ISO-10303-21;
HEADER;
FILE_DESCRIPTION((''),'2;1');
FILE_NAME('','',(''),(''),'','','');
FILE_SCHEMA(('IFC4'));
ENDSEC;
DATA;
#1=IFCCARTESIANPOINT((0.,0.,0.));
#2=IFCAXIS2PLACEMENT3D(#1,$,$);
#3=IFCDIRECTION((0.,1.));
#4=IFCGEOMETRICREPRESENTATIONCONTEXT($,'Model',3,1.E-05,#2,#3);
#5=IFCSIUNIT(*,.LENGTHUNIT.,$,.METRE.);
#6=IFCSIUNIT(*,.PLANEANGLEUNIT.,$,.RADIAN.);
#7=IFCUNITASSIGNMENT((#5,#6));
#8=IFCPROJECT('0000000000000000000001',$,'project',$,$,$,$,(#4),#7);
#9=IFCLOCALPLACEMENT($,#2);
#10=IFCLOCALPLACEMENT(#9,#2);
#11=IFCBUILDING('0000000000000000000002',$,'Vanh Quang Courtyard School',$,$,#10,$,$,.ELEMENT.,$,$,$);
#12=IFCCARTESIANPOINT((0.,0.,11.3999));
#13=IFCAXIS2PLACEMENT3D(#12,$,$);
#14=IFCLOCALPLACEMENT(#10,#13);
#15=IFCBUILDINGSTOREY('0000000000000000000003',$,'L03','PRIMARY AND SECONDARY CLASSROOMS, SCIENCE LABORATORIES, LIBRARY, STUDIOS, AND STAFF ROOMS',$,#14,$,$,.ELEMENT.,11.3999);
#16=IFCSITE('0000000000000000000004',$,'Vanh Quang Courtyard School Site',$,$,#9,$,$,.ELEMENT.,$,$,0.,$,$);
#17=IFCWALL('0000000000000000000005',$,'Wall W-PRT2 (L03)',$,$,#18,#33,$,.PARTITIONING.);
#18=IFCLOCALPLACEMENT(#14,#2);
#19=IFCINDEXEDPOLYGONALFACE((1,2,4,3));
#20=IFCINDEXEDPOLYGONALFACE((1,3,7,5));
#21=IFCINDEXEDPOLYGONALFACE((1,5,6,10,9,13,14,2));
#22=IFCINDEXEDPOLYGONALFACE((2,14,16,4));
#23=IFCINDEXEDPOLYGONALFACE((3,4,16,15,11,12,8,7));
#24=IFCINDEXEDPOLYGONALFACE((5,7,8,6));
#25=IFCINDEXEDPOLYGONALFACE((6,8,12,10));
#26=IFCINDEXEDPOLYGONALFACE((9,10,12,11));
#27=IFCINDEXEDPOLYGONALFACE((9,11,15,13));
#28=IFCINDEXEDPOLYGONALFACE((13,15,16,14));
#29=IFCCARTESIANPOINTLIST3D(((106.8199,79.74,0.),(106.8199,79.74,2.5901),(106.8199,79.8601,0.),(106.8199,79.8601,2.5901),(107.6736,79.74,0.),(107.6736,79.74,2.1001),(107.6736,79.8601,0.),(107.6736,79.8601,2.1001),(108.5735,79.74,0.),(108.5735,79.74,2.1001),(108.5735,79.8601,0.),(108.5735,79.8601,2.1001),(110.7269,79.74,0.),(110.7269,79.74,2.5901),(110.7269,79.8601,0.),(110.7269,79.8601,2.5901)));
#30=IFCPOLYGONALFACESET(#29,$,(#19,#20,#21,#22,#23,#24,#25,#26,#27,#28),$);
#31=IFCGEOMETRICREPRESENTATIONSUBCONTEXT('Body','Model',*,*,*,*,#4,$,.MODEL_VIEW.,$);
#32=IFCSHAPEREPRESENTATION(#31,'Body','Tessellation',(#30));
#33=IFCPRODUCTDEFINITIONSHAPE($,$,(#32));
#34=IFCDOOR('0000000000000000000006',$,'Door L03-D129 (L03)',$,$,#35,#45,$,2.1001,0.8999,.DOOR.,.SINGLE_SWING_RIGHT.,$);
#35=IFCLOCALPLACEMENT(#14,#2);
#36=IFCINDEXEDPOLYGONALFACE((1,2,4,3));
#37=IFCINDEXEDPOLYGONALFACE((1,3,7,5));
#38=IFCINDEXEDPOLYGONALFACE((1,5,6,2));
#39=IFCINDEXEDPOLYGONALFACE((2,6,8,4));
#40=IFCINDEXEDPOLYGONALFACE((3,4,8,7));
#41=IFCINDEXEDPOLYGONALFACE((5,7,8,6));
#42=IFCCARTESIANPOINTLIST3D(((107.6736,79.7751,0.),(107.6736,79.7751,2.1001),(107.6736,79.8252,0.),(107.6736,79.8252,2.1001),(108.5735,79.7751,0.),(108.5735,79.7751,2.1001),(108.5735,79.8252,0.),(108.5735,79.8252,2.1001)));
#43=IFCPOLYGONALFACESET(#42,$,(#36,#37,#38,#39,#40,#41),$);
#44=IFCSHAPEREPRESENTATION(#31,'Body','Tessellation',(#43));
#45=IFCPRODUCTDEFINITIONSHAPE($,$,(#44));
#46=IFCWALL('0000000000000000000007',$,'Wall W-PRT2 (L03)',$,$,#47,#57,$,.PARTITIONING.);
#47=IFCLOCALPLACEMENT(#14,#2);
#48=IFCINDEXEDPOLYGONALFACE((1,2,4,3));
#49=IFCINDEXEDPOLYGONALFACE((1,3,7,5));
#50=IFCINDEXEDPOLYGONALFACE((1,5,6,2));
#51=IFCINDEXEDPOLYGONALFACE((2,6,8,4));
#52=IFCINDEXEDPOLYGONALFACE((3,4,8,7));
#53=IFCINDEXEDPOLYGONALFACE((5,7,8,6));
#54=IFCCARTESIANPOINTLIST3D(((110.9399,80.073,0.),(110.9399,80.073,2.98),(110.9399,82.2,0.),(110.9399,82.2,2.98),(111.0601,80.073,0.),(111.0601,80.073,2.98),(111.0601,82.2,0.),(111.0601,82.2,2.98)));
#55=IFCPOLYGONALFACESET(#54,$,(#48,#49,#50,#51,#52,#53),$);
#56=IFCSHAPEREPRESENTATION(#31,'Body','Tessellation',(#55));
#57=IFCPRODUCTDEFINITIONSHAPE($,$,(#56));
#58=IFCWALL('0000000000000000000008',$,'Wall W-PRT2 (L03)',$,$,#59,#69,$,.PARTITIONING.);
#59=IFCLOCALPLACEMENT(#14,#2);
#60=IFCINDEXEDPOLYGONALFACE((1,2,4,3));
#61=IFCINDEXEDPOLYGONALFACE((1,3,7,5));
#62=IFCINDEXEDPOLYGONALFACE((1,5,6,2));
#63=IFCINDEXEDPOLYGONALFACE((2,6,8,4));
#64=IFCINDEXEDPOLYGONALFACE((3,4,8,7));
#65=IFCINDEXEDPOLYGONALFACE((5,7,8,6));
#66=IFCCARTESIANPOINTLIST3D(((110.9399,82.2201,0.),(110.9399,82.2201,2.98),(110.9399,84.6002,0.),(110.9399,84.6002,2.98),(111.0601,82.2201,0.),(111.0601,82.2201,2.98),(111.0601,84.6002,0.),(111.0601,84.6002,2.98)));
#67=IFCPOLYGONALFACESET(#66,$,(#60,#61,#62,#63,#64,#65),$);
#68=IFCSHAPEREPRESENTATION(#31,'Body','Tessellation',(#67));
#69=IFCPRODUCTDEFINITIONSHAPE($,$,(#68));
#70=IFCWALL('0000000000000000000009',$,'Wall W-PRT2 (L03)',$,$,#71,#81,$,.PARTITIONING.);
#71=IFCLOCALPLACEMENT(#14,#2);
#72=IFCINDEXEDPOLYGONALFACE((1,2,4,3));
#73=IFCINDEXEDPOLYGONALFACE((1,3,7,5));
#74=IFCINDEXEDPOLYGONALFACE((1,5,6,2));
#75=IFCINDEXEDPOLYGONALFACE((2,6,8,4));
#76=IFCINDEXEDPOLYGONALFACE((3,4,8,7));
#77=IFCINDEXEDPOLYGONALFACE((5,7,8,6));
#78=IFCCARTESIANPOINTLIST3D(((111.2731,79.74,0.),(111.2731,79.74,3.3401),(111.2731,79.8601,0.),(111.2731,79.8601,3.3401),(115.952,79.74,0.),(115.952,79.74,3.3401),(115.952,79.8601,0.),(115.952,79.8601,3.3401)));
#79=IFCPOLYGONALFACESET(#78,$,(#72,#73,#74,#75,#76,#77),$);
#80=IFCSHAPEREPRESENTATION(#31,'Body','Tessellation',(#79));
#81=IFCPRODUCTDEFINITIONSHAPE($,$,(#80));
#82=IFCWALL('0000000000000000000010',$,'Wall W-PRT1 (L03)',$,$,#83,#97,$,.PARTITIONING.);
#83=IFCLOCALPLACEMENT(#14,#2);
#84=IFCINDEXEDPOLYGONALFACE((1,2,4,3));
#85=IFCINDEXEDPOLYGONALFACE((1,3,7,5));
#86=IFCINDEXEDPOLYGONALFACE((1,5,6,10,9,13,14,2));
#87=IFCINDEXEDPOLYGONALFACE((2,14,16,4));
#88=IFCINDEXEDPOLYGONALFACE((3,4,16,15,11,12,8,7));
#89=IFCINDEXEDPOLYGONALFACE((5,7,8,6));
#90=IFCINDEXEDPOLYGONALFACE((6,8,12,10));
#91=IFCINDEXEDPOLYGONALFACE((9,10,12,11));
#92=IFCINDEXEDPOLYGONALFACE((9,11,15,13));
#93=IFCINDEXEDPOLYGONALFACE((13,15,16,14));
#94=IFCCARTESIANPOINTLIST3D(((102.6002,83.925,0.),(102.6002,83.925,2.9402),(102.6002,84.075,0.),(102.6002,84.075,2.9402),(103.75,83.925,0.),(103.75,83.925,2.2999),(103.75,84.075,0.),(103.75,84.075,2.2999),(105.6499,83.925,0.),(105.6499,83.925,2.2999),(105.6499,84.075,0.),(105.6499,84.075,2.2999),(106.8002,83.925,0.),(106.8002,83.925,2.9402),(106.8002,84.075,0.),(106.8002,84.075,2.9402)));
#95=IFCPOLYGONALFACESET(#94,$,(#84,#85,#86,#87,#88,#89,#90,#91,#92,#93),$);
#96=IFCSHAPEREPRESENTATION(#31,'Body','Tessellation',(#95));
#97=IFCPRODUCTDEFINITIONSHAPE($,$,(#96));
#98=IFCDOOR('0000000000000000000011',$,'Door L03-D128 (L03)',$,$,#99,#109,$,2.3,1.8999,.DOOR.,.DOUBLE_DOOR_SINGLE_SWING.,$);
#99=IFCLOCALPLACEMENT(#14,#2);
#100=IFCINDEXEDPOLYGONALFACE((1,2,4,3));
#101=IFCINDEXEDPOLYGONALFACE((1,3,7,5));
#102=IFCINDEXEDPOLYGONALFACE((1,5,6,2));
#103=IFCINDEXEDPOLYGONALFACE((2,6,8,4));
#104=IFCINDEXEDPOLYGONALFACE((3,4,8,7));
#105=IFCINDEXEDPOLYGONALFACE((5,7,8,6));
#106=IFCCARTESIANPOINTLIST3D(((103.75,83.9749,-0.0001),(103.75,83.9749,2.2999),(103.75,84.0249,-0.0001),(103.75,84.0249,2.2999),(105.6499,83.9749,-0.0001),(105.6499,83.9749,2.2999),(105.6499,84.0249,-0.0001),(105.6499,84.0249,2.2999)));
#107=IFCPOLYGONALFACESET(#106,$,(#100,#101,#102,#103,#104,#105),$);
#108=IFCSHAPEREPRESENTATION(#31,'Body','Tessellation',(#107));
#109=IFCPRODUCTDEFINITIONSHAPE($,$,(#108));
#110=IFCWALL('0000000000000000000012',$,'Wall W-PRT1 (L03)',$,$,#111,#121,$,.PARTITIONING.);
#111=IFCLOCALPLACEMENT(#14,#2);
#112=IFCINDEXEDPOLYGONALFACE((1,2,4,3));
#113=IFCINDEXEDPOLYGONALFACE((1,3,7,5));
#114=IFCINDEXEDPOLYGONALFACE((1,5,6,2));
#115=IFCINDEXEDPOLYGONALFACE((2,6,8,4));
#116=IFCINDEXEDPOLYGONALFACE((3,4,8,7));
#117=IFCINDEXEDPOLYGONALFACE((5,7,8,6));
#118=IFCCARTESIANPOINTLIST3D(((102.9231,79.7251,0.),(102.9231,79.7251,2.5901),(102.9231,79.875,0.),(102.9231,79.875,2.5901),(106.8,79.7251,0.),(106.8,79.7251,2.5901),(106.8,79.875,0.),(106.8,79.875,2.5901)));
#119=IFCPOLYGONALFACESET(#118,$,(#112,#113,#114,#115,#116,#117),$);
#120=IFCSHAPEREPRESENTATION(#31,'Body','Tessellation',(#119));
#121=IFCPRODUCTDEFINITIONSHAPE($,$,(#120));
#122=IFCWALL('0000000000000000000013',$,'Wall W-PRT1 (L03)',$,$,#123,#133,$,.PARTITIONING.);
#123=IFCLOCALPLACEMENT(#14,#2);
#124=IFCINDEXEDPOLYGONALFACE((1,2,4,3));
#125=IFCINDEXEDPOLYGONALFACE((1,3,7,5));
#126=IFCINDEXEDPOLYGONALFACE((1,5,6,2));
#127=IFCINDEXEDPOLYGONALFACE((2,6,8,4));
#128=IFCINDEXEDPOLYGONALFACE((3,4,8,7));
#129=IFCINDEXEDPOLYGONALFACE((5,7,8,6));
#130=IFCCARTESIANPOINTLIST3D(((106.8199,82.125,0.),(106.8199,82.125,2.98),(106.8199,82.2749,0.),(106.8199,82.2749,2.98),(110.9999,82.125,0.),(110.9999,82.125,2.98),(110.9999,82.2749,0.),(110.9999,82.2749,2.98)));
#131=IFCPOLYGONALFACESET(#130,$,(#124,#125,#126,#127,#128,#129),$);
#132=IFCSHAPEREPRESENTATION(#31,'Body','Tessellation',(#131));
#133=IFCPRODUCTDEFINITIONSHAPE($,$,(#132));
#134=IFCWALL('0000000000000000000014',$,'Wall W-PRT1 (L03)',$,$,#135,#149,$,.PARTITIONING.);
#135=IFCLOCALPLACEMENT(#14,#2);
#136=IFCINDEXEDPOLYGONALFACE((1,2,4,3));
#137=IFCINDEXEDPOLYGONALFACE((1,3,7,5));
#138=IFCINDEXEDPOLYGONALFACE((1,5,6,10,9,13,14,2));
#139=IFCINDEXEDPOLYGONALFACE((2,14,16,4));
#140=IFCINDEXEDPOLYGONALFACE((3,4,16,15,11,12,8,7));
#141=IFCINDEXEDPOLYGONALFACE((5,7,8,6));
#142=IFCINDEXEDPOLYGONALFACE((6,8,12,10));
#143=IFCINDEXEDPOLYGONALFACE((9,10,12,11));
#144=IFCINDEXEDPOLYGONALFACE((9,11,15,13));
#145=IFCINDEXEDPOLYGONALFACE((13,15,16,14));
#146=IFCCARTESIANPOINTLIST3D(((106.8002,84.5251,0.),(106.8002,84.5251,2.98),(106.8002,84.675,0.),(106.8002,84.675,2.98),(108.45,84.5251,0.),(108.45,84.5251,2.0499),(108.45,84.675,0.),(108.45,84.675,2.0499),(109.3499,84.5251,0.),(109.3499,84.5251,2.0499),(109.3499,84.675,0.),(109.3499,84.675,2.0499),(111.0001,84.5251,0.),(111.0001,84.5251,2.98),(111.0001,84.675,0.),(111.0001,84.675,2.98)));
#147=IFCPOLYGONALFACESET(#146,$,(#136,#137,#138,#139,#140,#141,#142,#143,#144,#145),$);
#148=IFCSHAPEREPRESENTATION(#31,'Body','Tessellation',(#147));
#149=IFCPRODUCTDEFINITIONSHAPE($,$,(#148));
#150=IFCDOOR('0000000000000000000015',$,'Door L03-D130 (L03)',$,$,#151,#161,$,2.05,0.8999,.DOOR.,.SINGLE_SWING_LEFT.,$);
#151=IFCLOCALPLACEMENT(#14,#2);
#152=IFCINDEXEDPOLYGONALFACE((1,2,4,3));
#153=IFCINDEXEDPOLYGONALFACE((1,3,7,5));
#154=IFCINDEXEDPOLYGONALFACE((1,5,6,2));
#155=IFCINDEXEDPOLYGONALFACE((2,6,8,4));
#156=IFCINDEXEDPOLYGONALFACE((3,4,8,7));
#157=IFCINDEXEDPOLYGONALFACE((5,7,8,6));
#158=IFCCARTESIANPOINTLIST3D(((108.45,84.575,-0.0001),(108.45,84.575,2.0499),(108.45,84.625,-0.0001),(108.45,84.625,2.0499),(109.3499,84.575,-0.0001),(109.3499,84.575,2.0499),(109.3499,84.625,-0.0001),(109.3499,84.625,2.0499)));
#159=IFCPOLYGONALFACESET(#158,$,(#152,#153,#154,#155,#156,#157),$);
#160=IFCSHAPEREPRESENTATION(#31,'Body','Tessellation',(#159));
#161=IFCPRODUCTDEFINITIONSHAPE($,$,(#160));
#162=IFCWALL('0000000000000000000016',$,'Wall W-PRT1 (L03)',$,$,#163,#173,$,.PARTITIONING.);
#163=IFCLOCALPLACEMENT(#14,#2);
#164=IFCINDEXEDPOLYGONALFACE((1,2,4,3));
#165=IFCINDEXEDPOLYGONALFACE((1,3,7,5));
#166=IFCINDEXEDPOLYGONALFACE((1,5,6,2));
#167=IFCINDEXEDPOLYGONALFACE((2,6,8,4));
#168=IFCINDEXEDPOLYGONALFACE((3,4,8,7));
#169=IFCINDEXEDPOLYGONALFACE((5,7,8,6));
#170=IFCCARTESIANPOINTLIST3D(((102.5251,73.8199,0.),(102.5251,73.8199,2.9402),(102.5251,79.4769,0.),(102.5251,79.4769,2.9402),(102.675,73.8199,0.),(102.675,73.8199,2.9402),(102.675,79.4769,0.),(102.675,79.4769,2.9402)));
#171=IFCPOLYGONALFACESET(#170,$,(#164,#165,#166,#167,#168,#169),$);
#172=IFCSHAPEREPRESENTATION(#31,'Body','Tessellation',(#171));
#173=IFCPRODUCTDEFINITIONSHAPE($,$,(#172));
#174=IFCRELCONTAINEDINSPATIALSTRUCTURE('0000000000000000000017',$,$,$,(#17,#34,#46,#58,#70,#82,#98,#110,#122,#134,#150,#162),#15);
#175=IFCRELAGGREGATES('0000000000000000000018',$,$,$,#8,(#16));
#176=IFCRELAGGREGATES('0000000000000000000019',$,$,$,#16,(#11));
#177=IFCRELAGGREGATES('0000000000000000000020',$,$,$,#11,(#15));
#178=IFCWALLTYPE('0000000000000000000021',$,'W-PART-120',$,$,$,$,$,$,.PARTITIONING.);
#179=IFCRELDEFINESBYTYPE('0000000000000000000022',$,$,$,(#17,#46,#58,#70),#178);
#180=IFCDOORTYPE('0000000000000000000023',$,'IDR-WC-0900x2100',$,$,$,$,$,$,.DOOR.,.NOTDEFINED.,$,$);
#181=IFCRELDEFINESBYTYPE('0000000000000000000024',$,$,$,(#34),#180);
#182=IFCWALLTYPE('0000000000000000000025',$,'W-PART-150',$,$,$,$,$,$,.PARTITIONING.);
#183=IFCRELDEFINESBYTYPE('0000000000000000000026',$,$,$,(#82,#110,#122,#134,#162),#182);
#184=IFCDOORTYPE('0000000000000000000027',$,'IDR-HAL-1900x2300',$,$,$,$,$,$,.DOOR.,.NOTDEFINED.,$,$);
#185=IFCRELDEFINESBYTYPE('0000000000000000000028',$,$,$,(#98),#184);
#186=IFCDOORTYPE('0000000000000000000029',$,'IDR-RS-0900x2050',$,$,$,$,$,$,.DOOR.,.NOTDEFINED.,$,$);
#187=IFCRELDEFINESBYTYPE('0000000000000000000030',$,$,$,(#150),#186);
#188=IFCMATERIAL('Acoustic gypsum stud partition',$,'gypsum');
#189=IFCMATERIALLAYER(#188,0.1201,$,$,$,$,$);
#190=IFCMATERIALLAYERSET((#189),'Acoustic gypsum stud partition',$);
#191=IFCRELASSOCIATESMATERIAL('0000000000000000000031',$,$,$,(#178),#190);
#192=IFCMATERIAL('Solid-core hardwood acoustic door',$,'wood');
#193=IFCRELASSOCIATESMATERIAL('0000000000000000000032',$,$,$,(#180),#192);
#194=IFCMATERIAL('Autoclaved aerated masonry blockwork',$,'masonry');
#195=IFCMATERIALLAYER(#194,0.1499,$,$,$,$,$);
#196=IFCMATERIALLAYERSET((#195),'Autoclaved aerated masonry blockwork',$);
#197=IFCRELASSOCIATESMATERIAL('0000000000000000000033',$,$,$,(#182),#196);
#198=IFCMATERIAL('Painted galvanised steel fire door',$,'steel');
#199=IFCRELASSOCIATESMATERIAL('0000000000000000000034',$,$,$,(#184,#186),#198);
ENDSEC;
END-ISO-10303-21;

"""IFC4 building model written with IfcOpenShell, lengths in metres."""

from ifc_helpers import new_model, si_unit, direction, frame, frame_2d, origin, place, context, subcontext, project, spatial, rectangle, extrude, material, layer, layer_set, type_object, element, fill, save


model = new_model("IFC4")

# Units and contexts
model_context = context("Model", 3, precision=1e-05, world=origin(), true_north=direction((0.0, 1.0)))
body_context = subcontext(model_context, "Body", "Model", "MODEL_VIEW")
ifc_project = project(units=[si_unit("LENGTHUNIT", "METRE"), si_unit("PLANEANGLEUNIT", "RADIAN")], contexts=[model_context])

# Site, building, storey
site_placement = place(None, origin())
site = spatial("IfcSite", under=ifc_project, at=site_placement, Name="Vanh Quang Courtyard School Site", CompositionType="ELEMENT", RefElevation=0.0)
building_placement = place(site_placement, origin())
building = spatial("IfcBuilding", under=site, at=building_placement, Name="Vanh Quang Courtyard School", CompositionType="ELEMENT")
storey_placement = place(building_placement, frame((0.0, 0.0, 11.3999)))
storey = spatial("IfcBuildingStorey", under=building, at=storey_placement, Name="L03", Description="PRIMARY AND SECONDARY CLASSROOMS, SCIENCE LABORATORIES, LIBRARY, STUDIOS, AND STAFF ROOMS", CompositionType="ELEMENT", Elevation=11.3999)

# Shared definitions
ifc_material_1 = material(Name="Acoustic gypsum stud partition", Category="gypsum")
ifc_layer_1 = layer(ifc_material_1, 0.1201)
ifc_layer_set_1 = layer_set([ifc_layer_1], Name="Acoustic gypsum stud partition")
wall_type_1 = type_object("IfcWallType", Name="W-PART-120", PredefinedType="PARTITIONING", material=ifc_layer_set_1)

# Wall, opening, door
wall_1_placement = place(storey_placement, frame((110.7271, 79.8, 0.0), z_axis=(0.0, 0.0, 1.0), x_axis=(-1.0, 0.0, 0.0)))
wall_1 = element("IfcWall", 1, at=wall_1_placement, inside=storey, type_object=wall_type_1, Name="Wall W-PRT2 (L03)", PredefinedType="PARTITIONING", context=body_context, shape_type="SweptSolid", body=[
    extrude(rectangle(XDim=3.907, YDim=0.1201, at=frame_2d((1.9536, 0.0))), origin(), (0.0, 0.0, 1.0), 2.5901),
])
opening_1_placement = place(wall_1_placement, frame((2.1536, 0.0, 0.0)))
opening_1 = element("IfcOpeningElement", 2, at=opening_1_placement, cuts=wall_1, PredefinedType="OPENING", context=body_context, shape_type="SweptSolid", body=[
    extrude(rectangle(XDim=0.8999, YDim=2.1001, at=frame_2d((0.45, 1.05))), frame((0.0, 0.0701, 0.0), z_axis=(0.0, -1.0, 0.0), x_axis=(1.0, 0.0, 0.0)), (0.0, 0.0, 1.0), 0.1401),
])
ifc_material_2 = material(Name="Solid-core hardwood acoustic door", Category="wood")
door_type_1 = type_object("IfcDoorType", Name="IDR-WC-0900x2100", OperationType="NOTDEFINED", PredefinedType="DOOR", material=ifc_material_2)
door_1_placement = place(opening_1_placement, origin())
door_1 = element("IfcDoor", 3, at=door_1_placement, inside=storey, type_object=door_type_1, Name="Door L03-D129 (L03)", OperationType="SINGLE_SWING_RIGHT", OverallHeight=2.1001, OverallWidth=0.8999, PredefinedType="DOOR", context=body_context, shape_type="SweptSolid", body=[
    extrude(rectangle(XDim=0.8999, YDim=2.1001, at=frame_2d((0.45, 1.05))), frame((0.0, 0.0249, 0.0), z_axis=(0.0, -1.0, 0.0), x_axis=(1.0, 0.0, 0.0)), (0.0, 0.0, 1.0), 0.05),
])
fill(opening_1, door_1)

# Walls
wall_2_placement = place(storey_placement, frame((111.0, 82.2, 0.0), z_axis=(0.0, 0.0, 1.0), x_axis=(0.0, -1.0, 0.0)))
element("IfcWall", 4, at=wall_2_placement, inside=storey, type_object=wall_type_1, Name="Wall W-PRT2 (L03)", PredefinedType="PARTITIONING", context=body_context, shape_type="SweptSolid", body=[
    extrude(rectangle(XDim=2.127, YDim=0.1201, at=frame_2d((1.0635, 0.0))), origin(), (0.0, 0.0, 1.0), 2.98),
])
wall_3_placement = place(storey_placement, frame((111.0, 84.6001, 0.0), z_axis=(0.0, 0.0, 1.0), x_axis=(0.0, -1.0, 0.0)))
element("IfcWall", 5, at=wall_3_placement, inside=storey, type_object=wall_type_1, Name="Wall W-PRT2 (L03)", PredefinedType="PARTITIONING", context=body_context, shape_type="SweptSolid", body=[
    extrude(rectangle(XDim=2.3801, YDim=0.1201, at=frame_2d((1.1899, 0.0))), origin(), (0.0, 0.0, 1.0), 2.98),
])

# Wall
wall_4_placement = place(storey_placement, frame((115.9519, 79.8, 0.0), z_axis=(0.0, 0.0, 1.0), x_axis=(-1.0, 0.0, 0.0)))
element("IfcWall", 6, at=wall_4_placement, inside=storey, type_object=wall_type_1, Name="Wall W-PRT2 (L03)", PredefinedType="PARTITIONING", context=body_context, shape_type="SweptSolid", body=[
    extrude(rectangle(XDim=4.679, YDim=0.1201, at=frame_2d((2.3394, 0.0))), origin(), (0.0, 0.0, 1.0), 3.3401),
])

# Wall, opening, door
ifc_material_3 = material(Name="Autoclaved aerated masonry blockwork", Category="masonry")
ifc_layer_2 = layer(ifc_material_3, 0.1499)
ifc_layer_set_2 = layer_set([ifc_layer_2], Name="Autoclaved aerated masonry blockwork")
wall_type_2 = type_object("IfcWallType", Name="W-PART-150", PredefinedType="PARTITIONING", material=ifc_layer_set_2)
wall_5_placement = place(storey_placement, frame((102.6001, 84.0, 0.0), z_axis=(0.0, 0.0, 1.0), x_axis=(1.0, 0.0, 0.0)))
wall_5 = element("IfcWall", 7, at=wall_5_placement, inside=storey, type_object=wall_type_2, Name="Wall W-PRT1 (L03)", PredefinedType="PARTITIONING", context=body_context, shape_type="SweptSolid", body=[
    extrude(rectangle(XDim=4.2, YDim=0.1499, at=frame_2d((2.1001, 0.0))), origin(), (0.0, 0.0, 1.0), 2.9402),
])
opening_2_placement = place(wall_5_placement, frame((1.1499, 0.0, 0.0)))
opening_2 = element("IfcOpeningElement", 8, at=opening_2_placement, cuts=wall_5, PredefinedType="OPENING", context=body_context, shape_type="SweptSolid", body=[
    extrude(rectangle(XDim=1.8999, YDim=2.3, at=frame_2d((0.95, 1.1499))), frame((0.0, 0.085, 0.0), z_axis=(0.0, -1.0, 0.0), x_axis=(1.0, 0.0, 0.0)), (0.0, 0.0, 1.0), 0.1699),
])
ifc_material_4 = material(Name="Painted galvanised steel fire door", Category="steel")
door_type_2 = type_object("IfcDoorType", Name="IDR-HAL-1900x2300", OperationType="NOTDEFINED", PredefinedType="DOOR", material=ifc_material_4)
door_2_placement = place(opening_2_placement, origin())
door_2 = element("IfcDoor", 9, at=door_2_placement, inside=storey, type_object=door_type_2, Name="Door L03-D128 (L03)", OperationType="DOUBLE_DOOR_SINGLE_SWING", OverallHeight=2.3, OverallWidth=1.8999, PredefinedType="DOOR", context=body_context, shape_type="SweptSolid", body=[
    extrude(rectangle(XDim=1.8999, YDim=2.3, at=frame_2d((0.95, 1.1499))), frame((0.0, 0.0249, 0.0), z_axis=(0.0, -1.0, 0.0), x_axis=(1.0, 0.0, 0.0)), (0.0, 0.0, 1.0), 0.05),
])
fill(opening_2, door_2)

# Walls
wall_6_placement = place(storey_placement, frame((106.8, 79.8, 0.0), z_axis=(0.0, 0.0, 1.0), x_axis=(-1.0, 0.0, 0.0)))
element("IfcWall", 10, at=wall_6_placement, inside=storey, type_object=wall_type_2, Name="Wall W-PRT1 (L03)", PredefinedType="PARTITIONING", context=body_context, shape_type="SweptSolid", body=[
    extrude(rectangle(XDim=3.877, YDim=0.1499, at=frame_2d((1.9385, 0.0))), origin(), (0.0, 0.0, 1.0), 2.5901),
])
wall_7_placement = place(storey_placement, frame((106.8201, 82.2, 0.0), z_axis=(0.0, 0.0, 1.0), x_axis=(1.0, 0.0, 0.0)))
element("IfcWall", 11, at=wall_7_placement, inside=storey, type_object=wall_type_2, Name="Wall W-PRT1 (L03)", PredefinedType="PARTITIONING", context=body_context, shape_type="SweptSolid", body=[
    extrude(rectangle(XDim=4.1799, YDim=0.1499, at=frame_2d((2.0898, 0.0))), origin(), (0.0, 0.0, 1.0), 2.98),
])

# Wall, opening, door
wall_8_placement = place(storey_placement, frame((106.8, 84.6001, 0.0), z_axis=(0.0, 0.0, 1.0), x_axis=(1.0, 0.0, 0.0)))
wall_8 = element("IfcWall", 12, at=wall_8_placement, inside=storey, type_object=wall_type_2, Name="Wall W-PRT1 (L03)", PredefinedType="PARTITIONING", context=body_context, shape_type="SweptSolid", body=[
    extrude(rectangle(XDim=4.2, YDim=0.1499, at=frame_2d((2.1001, 0.0))), origin(), (0.0, 0.0, 1.0), 2.98),
])
opening_3_placement = place(wall_8_placement, frame((1.6499, 0.0, 0.0)))
opening_3 = element("IfcOpeningElement", 13, at=opening_3_placement, cuts=wall_8, PredefinedType="OPENING", context=body_context, shape_type="SweptSolid", body=[
    extrude(rectangle(XDim=0.8999, YDim=2.05, at=frame_2d((0.45, 1.0249))), frame((0.0, 0.085, 0.0), z_axis=(0.0, -1.0, 0.0), x_axis=(1.0, 0.0, 0.0)), (0.0, 0.0, 1.0), 0.1699),
])
door_type_3 = type_object("IfcDoorType", Name="IDR-RS-0900x2050", OperationType="NOTDEFINED", PredefinedType="DOOR", material=ifc_material_4)
door_3_placement = place(opening_3_placement, origin())
door_3 = element("IfcDoor", 14, at=door_3_placement, inside=storey, type_object=door_type_3, Name="Door L03-D130 (L03)", OperationType="SINGLE_SWING_LEFT", OverallHeight=2.05, OverallWidth=0.8999, PredefinedType="DOOR", context=body_context, shape_type="SweptSolid", body=[
    extrude(rectangle(XDim=0.8999, YDim=2.05, at=frame_2d((0.45, 1.0249))), frame((0.0, 0.0249, 0.0), z_axis=(0.0, -1.0, 0.0), x_axis=(1.0, 0.0, 0.0)), (0.0, 0.0, 1.0), 0.05),
])
fill(opening_3, door_3)

# Wall
wall_9_placement = place(storey_placement, frame((102.6001, 79.4771, 0.0), z_axis=(0.0, 0.0, 1.0), x_axis=(0.0, -1.0, 0.0)))
element("IfcWall", 15, at=wall_9_placement, inside=storey, type_object=wall_type_2, Name="Wall W-PRT1 (L03)", PredefinedType="PARTITIONING", context=body_context, shape_type="SweptSolid", body=[
    extrude(rectangle(XDim=5.657, YDim=0.1499, at=frame_2d((2.8286, 0.0))), origin(), (0.0, 0.0, 1.0), 2.9402),
])

save(model, "model.ifc")
